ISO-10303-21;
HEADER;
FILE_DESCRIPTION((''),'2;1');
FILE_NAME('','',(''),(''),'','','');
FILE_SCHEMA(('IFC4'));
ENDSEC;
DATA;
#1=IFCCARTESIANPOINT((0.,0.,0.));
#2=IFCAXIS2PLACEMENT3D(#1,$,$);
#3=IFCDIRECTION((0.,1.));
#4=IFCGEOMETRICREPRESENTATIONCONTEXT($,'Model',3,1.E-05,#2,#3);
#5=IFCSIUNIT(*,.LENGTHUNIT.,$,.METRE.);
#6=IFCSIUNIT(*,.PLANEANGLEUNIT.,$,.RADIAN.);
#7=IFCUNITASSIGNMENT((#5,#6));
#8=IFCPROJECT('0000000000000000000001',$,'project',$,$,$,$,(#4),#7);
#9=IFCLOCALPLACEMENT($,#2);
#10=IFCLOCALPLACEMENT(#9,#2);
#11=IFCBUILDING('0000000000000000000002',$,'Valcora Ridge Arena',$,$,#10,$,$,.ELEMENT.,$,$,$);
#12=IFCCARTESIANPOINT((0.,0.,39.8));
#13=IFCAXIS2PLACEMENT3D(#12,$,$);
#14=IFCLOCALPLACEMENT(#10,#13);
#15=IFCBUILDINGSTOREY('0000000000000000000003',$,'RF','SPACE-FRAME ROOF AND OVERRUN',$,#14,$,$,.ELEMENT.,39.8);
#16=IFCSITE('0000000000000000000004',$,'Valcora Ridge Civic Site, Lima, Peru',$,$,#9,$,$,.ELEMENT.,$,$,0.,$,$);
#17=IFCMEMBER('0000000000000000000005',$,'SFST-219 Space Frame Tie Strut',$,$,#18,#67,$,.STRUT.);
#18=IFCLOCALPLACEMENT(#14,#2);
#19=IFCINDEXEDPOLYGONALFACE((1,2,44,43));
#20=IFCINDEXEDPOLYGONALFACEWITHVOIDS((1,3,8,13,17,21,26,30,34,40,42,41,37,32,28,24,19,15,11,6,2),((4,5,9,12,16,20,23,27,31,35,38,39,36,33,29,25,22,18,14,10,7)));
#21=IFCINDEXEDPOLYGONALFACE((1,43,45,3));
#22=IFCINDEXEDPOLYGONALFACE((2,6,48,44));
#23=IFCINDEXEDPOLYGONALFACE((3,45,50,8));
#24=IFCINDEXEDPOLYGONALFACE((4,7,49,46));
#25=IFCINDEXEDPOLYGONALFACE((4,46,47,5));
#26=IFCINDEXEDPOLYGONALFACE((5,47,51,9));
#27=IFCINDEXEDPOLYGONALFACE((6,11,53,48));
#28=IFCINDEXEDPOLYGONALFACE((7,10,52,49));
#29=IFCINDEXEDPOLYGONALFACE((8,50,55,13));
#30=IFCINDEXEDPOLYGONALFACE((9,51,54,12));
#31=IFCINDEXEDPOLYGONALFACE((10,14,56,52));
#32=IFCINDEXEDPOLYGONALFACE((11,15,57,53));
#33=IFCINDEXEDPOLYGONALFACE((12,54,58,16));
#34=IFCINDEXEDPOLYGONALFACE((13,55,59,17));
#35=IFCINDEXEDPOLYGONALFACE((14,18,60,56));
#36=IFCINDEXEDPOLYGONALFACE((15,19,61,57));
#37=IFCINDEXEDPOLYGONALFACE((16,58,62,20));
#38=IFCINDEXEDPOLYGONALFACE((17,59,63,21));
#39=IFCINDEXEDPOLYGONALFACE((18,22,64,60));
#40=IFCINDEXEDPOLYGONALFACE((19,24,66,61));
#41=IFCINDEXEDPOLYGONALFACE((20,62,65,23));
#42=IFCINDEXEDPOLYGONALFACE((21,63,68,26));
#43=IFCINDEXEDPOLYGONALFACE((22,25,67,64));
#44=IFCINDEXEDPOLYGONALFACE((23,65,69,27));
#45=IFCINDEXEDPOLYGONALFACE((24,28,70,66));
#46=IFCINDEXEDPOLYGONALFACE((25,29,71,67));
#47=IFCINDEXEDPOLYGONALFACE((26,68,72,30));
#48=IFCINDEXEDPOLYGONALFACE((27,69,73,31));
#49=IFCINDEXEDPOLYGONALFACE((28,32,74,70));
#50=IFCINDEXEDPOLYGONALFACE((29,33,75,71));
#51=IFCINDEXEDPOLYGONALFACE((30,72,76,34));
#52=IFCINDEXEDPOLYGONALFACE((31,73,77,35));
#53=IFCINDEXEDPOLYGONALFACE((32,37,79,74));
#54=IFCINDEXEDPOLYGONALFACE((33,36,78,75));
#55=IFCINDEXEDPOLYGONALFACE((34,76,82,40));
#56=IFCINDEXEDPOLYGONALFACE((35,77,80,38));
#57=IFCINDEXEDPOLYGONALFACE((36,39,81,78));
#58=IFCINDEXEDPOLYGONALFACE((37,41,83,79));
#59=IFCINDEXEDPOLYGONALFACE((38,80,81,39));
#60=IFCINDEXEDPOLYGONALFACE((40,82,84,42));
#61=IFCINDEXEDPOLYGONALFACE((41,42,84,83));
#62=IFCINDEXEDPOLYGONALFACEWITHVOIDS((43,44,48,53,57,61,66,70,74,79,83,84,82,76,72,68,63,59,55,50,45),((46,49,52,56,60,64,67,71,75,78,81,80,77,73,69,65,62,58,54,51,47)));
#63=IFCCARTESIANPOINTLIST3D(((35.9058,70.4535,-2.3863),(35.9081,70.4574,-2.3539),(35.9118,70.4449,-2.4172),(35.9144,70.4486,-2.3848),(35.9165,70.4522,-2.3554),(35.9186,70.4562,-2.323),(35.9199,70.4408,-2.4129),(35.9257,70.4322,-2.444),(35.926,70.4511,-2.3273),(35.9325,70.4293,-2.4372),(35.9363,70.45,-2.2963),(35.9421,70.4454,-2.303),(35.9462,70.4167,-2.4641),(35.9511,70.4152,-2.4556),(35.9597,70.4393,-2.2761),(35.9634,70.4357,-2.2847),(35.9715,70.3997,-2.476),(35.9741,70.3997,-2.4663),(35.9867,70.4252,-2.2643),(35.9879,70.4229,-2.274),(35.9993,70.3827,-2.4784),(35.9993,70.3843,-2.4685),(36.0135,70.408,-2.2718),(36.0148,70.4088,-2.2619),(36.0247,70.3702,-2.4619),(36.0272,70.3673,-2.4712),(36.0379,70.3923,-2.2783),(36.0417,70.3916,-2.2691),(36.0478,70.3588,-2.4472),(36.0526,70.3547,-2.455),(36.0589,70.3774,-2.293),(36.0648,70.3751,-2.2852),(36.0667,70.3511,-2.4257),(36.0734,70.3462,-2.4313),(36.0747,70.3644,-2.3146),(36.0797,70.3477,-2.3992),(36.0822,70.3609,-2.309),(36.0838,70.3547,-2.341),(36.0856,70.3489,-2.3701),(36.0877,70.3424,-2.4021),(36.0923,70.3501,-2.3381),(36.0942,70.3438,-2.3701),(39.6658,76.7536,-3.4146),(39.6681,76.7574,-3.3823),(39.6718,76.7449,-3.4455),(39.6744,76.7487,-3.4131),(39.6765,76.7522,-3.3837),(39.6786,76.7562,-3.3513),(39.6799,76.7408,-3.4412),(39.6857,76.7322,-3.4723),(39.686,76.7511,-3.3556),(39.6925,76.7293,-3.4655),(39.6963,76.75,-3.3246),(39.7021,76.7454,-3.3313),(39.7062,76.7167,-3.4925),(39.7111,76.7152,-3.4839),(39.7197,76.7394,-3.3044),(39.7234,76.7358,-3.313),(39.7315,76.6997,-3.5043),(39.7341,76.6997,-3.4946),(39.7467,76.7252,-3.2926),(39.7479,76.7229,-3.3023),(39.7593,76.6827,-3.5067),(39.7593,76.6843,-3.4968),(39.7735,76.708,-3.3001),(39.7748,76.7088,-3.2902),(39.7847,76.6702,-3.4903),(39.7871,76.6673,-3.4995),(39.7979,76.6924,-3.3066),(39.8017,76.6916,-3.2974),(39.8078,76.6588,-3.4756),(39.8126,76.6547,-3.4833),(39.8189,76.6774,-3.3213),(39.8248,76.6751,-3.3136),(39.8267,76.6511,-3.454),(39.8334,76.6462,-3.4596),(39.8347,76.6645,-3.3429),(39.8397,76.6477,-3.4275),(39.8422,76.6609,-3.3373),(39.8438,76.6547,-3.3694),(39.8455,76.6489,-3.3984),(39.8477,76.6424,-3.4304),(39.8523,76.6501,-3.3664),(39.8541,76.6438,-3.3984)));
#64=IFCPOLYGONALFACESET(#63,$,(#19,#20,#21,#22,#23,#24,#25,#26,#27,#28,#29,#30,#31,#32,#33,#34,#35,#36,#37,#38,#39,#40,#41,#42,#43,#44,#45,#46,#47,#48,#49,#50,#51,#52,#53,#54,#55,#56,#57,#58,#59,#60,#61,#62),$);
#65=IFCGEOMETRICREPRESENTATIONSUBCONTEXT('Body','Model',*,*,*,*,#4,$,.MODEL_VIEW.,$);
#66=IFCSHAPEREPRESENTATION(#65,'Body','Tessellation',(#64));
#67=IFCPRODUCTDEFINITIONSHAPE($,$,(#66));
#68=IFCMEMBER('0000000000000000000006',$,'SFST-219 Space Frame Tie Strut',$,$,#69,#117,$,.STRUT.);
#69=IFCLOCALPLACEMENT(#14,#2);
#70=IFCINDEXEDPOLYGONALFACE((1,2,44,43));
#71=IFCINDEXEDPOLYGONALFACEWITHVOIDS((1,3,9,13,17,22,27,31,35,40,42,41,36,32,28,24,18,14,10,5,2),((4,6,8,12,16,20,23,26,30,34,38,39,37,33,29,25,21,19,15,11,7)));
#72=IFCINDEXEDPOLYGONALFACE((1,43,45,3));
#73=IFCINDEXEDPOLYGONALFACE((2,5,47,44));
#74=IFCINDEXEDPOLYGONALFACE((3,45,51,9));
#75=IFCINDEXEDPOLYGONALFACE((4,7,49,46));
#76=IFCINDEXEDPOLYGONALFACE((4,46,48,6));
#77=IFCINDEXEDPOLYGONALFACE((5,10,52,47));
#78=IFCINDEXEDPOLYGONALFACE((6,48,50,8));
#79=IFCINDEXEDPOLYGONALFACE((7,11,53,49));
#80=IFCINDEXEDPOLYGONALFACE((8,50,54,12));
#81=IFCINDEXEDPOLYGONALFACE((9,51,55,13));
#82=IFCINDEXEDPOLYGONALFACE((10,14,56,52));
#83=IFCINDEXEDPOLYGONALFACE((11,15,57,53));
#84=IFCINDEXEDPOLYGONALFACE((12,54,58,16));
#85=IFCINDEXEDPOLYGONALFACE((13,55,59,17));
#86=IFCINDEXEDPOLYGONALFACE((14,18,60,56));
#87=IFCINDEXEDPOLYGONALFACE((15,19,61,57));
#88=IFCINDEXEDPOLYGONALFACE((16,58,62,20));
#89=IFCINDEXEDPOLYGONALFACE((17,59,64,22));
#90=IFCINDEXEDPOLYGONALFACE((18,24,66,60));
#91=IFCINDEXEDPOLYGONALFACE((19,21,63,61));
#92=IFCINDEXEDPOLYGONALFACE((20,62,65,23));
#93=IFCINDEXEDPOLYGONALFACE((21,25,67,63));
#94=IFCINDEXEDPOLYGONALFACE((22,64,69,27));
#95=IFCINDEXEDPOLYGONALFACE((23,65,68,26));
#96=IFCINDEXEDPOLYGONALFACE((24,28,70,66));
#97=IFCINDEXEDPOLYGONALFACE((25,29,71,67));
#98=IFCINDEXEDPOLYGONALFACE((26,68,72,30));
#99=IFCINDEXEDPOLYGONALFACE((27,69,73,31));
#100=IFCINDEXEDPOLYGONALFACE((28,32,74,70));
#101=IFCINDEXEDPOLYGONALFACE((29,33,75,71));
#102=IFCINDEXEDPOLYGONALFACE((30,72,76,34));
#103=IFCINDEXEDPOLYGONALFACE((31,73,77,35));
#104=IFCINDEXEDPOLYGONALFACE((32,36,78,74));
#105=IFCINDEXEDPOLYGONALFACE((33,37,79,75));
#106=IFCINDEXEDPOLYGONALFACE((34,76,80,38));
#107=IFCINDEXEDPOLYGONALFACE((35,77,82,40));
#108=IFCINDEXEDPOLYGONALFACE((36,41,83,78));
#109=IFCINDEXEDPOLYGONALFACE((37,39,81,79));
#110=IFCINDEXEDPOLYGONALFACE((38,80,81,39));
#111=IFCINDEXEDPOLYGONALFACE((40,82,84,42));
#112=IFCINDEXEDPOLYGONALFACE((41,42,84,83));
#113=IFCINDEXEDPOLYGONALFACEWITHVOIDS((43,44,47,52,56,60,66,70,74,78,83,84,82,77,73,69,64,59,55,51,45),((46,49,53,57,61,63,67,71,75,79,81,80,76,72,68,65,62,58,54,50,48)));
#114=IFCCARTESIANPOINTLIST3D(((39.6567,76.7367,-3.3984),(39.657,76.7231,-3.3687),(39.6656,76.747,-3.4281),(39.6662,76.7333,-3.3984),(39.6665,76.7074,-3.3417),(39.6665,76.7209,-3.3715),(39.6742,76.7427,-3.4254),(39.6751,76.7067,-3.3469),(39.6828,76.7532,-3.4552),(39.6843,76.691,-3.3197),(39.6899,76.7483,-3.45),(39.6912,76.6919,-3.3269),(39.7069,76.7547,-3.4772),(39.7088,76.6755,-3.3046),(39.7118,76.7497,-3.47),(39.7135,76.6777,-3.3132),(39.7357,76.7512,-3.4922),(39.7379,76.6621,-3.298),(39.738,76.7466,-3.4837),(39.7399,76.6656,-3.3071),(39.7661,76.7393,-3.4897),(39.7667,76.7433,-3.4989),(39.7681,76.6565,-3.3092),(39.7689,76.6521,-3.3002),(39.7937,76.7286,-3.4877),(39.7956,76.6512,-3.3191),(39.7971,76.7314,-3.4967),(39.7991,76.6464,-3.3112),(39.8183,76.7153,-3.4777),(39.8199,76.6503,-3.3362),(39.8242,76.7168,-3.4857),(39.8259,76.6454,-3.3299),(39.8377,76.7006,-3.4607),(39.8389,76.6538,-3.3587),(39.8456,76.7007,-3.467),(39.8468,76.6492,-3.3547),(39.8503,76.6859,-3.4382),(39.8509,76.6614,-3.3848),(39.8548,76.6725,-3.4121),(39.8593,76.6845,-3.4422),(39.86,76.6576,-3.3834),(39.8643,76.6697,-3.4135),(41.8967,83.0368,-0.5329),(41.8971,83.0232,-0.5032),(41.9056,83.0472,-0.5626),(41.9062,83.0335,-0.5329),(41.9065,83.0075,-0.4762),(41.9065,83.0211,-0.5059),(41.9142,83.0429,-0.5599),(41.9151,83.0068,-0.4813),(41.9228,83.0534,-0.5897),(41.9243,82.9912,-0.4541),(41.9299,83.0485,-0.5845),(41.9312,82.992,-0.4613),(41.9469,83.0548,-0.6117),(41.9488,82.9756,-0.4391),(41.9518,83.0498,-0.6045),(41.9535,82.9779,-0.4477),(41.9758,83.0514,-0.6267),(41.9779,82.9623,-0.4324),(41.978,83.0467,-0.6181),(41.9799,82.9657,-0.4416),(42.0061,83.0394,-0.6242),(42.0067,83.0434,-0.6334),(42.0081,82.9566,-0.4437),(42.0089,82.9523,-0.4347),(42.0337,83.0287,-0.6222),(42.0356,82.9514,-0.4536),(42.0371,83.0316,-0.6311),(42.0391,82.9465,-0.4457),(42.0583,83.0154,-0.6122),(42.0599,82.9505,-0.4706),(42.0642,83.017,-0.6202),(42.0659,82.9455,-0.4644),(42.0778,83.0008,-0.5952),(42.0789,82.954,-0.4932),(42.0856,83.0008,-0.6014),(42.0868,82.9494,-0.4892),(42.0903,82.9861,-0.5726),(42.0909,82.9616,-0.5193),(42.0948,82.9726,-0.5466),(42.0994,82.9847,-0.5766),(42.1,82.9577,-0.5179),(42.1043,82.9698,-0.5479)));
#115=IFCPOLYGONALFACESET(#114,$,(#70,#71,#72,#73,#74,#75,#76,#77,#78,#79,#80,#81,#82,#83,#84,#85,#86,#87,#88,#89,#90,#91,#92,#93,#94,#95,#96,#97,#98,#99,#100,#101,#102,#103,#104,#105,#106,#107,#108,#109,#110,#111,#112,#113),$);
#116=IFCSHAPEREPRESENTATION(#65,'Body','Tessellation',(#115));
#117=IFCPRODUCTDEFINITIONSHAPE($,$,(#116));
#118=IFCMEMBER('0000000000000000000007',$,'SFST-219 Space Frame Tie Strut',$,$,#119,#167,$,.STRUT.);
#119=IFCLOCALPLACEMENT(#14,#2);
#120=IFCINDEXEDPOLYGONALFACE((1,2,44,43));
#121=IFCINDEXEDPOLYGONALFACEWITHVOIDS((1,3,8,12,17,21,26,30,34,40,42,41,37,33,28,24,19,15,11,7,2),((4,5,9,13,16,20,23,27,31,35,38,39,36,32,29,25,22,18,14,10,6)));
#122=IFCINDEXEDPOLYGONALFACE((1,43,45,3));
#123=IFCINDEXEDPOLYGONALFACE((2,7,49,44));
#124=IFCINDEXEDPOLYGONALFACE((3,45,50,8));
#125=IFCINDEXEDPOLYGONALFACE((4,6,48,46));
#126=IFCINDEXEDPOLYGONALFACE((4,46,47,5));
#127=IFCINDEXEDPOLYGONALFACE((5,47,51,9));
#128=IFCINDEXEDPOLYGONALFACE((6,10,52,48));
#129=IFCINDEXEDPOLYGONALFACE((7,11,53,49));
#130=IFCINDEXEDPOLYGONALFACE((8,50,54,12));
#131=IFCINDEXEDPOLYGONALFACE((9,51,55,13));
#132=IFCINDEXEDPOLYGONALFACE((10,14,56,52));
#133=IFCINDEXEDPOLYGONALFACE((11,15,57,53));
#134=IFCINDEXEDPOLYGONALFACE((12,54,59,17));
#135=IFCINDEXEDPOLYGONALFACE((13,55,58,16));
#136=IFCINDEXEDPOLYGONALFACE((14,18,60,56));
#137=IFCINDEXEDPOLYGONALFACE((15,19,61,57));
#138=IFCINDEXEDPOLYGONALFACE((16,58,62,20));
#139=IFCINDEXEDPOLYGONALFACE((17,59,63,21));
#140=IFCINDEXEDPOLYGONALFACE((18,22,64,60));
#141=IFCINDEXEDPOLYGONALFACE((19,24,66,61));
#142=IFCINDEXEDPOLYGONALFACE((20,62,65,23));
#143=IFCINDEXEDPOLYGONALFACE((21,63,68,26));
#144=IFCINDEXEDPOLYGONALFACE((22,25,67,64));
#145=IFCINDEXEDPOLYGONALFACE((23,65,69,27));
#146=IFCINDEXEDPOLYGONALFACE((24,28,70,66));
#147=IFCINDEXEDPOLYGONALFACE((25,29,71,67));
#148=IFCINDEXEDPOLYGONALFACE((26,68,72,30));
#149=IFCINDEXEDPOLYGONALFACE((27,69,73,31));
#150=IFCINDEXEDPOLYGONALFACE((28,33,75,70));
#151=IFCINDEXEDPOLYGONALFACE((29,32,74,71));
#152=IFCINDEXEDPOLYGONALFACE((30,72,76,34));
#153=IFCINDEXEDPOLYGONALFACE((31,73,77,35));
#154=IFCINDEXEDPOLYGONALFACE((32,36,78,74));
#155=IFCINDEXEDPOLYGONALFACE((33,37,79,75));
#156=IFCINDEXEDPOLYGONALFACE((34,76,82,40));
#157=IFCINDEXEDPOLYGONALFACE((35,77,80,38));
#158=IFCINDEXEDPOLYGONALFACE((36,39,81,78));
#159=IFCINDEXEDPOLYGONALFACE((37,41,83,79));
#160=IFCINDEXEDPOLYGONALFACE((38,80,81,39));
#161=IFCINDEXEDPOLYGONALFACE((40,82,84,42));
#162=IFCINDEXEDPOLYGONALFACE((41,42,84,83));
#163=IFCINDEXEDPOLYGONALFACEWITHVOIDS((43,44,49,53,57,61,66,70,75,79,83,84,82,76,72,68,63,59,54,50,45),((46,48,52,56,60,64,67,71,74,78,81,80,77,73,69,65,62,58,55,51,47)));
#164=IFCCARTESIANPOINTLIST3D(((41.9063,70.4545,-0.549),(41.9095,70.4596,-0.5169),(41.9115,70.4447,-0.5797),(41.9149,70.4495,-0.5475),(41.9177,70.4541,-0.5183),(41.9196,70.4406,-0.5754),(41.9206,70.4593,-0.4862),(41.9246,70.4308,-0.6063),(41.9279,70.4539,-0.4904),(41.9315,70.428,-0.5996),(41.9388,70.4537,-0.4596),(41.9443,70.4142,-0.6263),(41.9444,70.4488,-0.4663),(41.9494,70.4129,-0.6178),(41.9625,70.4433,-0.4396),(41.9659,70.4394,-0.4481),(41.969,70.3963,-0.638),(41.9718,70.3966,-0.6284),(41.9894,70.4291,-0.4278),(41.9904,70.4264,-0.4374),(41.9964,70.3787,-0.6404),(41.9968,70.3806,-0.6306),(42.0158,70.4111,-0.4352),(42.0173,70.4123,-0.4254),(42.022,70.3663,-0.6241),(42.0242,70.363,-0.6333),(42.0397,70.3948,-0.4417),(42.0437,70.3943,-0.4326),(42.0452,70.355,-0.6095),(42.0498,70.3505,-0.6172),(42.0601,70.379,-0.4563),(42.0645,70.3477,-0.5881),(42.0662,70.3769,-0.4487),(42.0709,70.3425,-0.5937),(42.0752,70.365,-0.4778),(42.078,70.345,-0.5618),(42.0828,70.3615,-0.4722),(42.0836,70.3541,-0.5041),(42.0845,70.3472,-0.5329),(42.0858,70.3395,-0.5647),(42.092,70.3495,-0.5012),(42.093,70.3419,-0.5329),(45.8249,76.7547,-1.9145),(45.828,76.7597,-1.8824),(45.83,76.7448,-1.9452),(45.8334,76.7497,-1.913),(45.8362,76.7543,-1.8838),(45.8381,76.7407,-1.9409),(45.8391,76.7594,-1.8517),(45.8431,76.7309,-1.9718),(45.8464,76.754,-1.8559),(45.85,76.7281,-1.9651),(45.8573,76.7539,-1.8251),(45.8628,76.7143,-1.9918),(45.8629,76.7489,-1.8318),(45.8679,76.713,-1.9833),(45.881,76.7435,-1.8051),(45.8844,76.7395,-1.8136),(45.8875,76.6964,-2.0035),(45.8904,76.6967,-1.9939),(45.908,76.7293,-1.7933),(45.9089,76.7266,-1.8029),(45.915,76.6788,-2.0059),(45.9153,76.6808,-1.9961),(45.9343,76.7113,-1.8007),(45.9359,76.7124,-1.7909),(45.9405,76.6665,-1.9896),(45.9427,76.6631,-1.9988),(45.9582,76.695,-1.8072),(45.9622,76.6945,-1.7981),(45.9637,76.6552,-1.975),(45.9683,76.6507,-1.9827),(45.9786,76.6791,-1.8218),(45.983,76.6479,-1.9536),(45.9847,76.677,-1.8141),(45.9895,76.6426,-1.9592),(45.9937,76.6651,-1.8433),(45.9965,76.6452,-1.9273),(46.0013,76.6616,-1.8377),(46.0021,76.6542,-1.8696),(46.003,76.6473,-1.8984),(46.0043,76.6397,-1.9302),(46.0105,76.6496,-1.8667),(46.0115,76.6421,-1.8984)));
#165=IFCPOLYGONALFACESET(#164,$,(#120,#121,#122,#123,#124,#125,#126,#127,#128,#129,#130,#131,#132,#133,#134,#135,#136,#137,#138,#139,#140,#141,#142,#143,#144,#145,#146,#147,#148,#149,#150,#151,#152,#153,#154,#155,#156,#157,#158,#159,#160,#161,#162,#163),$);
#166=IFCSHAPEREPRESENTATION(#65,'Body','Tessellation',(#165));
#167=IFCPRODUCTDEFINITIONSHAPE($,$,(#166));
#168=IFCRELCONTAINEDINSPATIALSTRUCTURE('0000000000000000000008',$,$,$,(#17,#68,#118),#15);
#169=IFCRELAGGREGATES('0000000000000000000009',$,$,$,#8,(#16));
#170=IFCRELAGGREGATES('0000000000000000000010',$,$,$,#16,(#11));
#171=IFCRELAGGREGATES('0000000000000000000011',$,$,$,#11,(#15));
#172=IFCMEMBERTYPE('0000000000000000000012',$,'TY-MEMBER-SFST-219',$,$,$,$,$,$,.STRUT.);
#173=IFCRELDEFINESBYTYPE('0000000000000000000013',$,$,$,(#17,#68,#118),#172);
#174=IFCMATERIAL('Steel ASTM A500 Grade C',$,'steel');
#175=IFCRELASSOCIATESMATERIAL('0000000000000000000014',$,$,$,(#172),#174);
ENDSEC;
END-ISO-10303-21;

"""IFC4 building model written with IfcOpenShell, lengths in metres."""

from ifc_helpers import new_model, si_unit, direction, frame, origin, origin_2d, place, context, subcontext, project, spatial, hollow_circle, extrude, material, material_profile, profile_set, type_object, element, save


model = new_model("IFC4")

# Units and contexts
model_context = context("Model", 3, precision=1e-05, world=origin(), true_north=direction((0.0, 1.0)))
body_context = subcontext(model_context, "Body", "Model", "MODEL_VIEW")
ifc_project = project(units=[si_unit("LENGTHUNIT", "METRE"), si_unit("PLANEANGLEUNIT", "RADIAN")], contexts=[model_context])

# Site, building, storey
site_placement = place(None, origin())
site = spatial("IfcSite", under=ifc_project, at=site_placement, Name="Valcora Ridge Civic Site, Lima, Peru", CompositionType="ELEMENT", RefElevation=0.0)
building_placement = place(site_placement, origin())
building = spatial("IfcBuilding", under=site, at=building_placement, Name="Valcora Ridge Arena", CompositionType="ELEMENT")
storey_placement = place(building_placement, frame((0.0, 0.0, 39.8)))
storey = spatial("IfcBuildingStorey", under=building, at=storey_placement, Name="RF", Description="SPACE-FRAME ROOF AND OVERRUN", CompositionType="ELEMENT", Elevation=39.8)

# Members
ifc_material_1 = material(Name="Steel ASTM A500 Grade C", Category="steel")
ifc_material_profile_1 = material_profile(ifc_material_1, hollow_circle(Radius=0.1096, WallThickness=0.01, at=origin_2d()), Name="CHS219X10")
ifc_profile_set_1 = profile_set([ifc_material_profile_1], Name="Steel ASTM A500 Grade C")
member_type_1 = type_object("IfcMemberType", Name="TY-MEMBER-SFST-219", PredefinedType="STRUT", material=ifc_profile_set_1)
member_1_placement = place(storey_placement, frame((39.76, 76.7, -3.3984), z_axis=(-0.507527, -0.850382, 0.138803), x_axis=(0.858694, -0.512488, 0.0)))
element("IfcMember", 1, at=member_1_placement, inside=storey, type_object=member_type_1, Name="SFST-219 Space Frame Tie Strut", PredefinedType="STRUT", context=body_context, shape_type="SweptSolid", body=[
    extrude(hollow_circle(Radius=0.1096, WallThickness=0.01, at=origin_2d()), origin(), (0.0, 0.0, 1.0), 7.4084),
])
member_2_placement = place(storey_placement, frame((39.76, 76.7, -3.3984), z_axis=(0.307921, 0.866039, 0.393904), x_axis=(-0.942216, 0.335006, 0.0)))
element("IfcMember", 2, at=member_2_placement, inside=storey, type_object=member_type_1, Name="SFST-219 Space Frame Tie Strut", PredefinedType="STRUT", context=body_context, shape_type="SweptSolid", body=[
    extrude(hollow_circle(Radius=0.1096, WallThickness=0.01, at=origin_2d()), origin(), (0.0, 0.0, 1.0), 7.2747),
])
member_3_placement = place(storey_placement, frame((45.9185, 76.7, -1.8984), z_axis=(-0.519425, -0.835125, 0.181006), x_axis=(0.849152, -0.528149, 0.0)))
element("IfcMember", 3, at=member_3_placement, inside=storey, type_object=member_type_1, Name="SFST-219 Space Frame Tie Strut", PredefinedType="STRUT", context=body_context, shape_type="SweptSolid", body=[
    extrude(hollow_circle(Radius=0.1096, WallThickness=0.01, at=origin_2d()), origin(), (0.0, 0.0, 1.0), 7.5439),
])

save(model, "model.ifc")
